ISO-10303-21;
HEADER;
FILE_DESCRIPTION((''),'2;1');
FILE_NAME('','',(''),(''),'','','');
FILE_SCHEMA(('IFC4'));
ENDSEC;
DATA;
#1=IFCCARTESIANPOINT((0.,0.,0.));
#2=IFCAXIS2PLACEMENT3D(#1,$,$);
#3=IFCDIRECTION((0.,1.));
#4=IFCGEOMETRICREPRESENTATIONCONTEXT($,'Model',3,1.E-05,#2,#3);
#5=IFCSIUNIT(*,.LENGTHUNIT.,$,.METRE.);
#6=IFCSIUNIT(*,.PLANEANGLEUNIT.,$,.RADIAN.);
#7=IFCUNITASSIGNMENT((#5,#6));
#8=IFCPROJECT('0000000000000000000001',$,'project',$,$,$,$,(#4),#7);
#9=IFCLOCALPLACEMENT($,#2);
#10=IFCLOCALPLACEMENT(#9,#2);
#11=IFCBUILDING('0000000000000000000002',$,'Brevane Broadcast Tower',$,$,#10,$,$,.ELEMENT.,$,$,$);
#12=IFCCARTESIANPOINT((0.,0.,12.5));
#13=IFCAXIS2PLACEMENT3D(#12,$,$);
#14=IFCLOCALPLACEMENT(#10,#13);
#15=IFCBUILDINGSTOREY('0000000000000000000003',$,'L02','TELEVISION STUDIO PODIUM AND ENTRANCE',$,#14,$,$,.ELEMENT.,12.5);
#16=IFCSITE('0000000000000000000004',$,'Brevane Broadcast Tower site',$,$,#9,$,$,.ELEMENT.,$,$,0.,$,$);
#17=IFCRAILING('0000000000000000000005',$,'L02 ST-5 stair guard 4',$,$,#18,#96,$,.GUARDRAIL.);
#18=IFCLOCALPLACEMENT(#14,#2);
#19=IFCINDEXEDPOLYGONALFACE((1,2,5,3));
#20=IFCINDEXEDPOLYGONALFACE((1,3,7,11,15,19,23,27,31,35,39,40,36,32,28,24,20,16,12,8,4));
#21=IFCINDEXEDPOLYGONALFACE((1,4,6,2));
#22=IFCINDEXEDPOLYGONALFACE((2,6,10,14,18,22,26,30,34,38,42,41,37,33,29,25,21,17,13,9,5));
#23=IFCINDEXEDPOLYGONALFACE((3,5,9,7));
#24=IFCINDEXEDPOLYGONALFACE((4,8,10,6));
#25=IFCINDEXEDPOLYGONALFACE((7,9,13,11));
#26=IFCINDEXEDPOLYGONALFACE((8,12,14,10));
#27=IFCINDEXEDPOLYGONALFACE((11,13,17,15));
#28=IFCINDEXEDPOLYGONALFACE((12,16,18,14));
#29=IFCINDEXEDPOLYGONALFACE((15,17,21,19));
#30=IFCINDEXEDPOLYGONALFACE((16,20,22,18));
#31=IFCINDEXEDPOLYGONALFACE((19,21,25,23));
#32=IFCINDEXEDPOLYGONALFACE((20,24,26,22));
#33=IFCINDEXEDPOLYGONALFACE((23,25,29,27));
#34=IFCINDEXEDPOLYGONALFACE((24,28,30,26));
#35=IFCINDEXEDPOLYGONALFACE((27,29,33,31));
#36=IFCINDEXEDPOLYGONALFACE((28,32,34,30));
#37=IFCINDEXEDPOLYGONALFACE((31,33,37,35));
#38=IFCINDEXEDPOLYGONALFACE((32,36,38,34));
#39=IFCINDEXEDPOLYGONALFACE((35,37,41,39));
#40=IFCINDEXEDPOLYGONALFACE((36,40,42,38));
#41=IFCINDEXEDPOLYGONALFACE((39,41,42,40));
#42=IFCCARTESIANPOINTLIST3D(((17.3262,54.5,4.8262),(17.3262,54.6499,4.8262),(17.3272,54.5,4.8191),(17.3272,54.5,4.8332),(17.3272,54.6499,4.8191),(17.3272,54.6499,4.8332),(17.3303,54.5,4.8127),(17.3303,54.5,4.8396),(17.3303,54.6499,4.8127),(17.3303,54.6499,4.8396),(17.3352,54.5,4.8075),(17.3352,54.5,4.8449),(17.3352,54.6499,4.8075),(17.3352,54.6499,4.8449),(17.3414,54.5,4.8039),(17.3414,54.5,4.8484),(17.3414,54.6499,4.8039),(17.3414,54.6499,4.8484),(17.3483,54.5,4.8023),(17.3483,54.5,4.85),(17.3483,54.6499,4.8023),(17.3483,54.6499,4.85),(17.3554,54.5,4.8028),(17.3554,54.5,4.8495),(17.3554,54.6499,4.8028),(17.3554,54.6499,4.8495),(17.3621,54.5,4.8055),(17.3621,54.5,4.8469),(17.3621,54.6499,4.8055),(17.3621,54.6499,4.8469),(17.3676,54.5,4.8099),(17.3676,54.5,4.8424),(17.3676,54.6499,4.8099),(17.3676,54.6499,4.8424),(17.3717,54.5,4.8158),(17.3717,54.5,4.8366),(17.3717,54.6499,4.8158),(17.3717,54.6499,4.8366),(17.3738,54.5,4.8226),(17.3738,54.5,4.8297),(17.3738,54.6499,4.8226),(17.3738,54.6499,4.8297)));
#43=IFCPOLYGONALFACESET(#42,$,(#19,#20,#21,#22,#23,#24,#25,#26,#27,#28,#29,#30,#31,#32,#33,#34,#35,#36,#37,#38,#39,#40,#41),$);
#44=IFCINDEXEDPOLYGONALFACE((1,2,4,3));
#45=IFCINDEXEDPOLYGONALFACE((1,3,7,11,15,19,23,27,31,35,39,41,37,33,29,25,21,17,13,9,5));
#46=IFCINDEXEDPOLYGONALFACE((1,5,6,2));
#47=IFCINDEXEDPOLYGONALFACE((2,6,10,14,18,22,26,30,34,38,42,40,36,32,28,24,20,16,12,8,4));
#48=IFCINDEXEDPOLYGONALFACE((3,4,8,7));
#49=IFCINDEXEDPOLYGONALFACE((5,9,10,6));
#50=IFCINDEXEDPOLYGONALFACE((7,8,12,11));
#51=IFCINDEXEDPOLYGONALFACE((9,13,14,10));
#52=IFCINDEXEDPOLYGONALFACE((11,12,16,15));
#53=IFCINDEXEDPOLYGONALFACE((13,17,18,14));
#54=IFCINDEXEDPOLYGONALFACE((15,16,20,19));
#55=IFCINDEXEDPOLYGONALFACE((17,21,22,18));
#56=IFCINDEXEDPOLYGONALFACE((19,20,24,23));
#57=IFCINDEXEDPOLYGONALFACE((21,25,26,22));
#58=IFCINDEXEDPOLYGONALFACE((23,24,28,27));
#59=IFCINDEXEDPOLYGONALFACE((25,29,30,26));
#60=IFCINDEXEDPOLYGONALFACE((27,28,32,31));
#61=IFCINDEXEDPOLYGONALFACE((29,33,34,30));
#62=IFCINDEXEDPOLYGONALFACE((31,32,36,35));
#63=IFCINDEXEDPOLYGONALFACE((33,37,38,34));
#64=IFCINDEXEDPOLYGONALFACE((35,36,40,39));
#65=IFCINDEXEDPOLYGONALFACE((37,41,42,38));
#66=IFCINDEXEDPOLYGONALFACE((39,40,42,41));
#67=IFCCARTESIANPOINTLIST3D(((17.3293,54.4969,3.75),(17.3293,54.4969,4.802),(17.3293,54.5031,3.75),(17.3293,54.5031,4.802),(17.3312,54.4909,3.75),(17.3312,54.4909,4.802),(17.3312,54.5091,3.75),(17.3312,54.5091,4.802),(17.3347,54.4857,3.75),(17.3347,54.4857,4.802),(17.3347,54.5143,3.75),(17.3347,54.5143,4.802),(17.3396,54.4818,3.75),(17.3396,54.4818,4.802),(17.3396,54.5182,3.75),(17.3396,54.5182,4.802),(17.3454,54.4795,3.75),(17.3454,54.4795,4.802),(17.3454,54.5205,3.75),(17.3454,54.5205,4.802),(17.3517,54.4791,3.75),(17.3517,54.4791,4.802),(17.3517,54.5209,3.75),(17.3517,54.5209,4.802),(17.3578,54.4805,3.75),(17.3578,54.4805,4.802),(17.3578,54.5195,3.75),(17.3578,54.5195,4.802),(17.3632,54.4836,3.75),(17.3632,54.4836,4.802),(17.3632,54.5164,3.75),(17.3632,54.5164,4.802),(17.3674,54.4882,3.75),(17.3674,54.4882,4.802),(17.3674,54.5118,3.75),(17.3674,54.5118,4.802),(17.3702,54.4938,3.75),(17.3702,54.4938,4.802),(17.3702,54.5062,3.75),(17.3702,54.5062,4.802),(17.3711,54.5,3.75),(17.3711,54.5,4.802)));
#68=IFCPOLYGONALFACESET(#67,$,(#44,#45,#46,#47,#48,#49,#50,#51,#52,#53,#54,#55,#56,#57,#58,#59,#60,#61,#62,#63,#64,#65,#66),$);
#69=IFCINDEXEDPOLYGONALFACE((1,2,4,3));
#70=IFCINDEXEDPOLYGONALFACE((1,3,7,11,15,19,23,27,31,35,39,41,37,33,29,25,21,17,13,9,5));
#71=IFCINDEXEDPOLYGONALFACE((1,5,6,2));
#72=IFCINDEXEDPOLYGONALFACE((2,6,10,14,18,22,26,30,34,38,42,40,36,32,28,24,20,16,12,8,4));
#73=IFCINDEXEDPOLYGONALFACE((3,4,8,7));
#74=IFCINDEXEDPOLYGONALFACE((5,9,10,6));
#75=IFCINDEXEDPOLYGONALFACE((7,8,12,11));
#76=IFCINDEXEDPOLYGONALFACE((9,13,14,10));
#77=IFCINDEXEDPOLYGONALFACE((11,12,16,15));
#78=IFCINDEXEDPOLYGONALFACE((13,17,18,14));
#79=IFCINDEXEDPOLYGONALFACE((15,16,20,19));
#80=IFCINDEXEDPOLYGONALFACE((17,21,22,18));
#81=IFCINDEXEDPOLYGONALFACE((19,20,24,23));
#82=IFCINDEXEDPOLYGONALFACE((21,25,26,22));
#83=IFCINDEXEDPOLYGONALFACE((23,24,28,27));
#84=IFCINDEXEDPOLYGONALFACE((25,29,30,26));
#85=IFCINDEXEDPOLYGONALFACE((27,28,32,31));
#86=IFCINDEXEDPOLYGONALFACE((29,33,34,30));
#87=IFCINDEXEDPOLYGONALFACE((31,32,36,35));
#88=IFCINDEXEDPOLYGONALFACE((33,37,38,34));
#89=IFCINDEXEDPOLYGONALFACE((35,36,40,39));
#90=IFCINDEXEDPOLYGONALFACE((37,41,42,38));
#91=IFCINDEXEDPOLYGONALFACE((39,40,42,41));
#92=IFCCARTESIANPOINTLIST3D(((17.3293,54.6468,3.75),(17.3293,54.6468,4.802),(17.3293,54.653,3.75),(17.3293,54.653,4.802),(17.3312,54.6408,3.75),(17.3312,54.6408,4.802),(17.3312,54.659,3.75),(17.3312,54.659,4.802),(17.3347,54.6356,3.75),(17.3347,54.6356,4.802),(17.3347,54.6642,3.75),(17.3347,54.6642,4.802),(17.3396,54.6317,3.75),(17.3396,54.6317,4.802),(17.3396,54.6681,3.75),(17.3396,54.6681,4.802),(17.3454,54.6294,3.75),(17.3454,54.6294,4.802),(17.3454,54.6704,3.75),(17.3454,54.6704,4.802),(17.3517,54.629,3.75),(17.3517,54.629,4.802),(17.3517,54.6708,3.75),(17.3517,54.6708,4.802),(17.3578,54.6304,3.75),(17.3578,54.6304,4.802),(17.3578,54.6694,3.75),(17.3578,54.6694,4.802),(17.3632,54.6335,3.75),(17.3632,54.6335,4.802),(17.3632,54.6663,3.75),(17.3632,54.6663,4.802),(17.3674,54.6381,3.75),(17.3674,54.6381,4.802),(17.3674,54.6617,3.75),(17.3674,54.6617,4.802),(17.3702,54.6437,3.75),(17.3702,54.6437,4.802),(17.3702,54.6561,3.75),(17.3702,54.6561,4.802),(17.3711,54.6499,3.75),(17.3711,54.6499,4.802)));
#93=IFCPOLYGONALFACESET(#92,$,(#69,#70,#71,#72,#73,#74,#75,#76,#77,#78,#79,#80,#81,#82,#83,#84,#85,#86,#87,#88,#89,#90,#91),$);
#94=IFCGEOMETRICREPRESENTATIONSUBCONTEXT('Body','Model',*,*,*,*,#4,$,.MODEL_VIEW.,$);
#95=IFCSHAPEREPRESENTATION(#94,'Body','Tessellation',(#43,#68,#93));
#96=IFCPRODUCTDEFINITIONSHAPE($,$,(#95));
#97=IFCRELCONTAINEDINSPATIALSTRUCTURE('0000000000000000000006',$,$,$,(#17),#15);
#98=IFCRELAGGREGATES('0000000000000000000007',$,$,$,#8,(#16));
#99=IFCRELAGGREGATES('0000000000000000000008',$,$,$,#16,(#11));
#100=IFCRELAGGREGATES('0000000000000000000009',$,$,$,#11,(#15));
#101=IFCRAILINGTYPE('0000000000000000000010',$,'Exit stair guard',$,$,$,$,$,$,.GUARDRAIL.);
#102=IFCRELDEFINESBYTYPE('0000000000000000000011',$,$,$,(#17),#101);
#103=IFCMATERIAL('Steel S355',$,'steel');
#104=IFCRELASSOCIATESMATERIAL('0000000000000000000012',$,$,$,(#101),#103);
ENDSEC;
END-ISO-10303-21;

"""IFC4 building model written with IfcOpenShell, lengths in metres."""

from ifc_helpers import new_model, si_unit, direction, frame, origin, origin_2d, place, context, subcontext, project, spatial, circle, extrude, material, type_object, element, save


model = new_model("IFC4")

# Units and contexts
model_context = context("Model", 3, precision=1e-05, world=origin(), true_north=direction((0.0, 1.0)))
body_context = subcontext(model_context, "Body", "Model", "MODEL_VIEW")
ifc_project = project(units=[si_unit("LENGTHUNIT", "METRE"), si_unit("PLANEANGLEUNIT", "RADIAN")], contexts=[model_context])

# Site, building, storey
site_placement = place(None, origin())
site = spatial("IfcSite", under=ifc_project, at=site_placement, Name="Brevane Broadcast Tower site", CompositionType="ELEMENT", RefElevation=0.0)
building_placement = place(site_placement, origin())
building = spatial("IfcBuilding", under=site, at=building_placement, Name="Brevane Broadcast Tower", CompositionType="ELEMENT")
storey_placement = place(building_placement, frame((0.0, 0.0, 12.5)))
storey = spatial("IfcBuildingStorey", under=building, at=storey_placement, Name="L02", Description="TELEVISION STUDIO PODIUM AND ENTRANCE", CompositionType="ELEMENT", Elevation=12.5)

# Railing
ifc_material_1 = material(Name="Steel S355", Category="steel")
railing_type_1 = type_object("IfcRailingType", Name="Exit stair guard", PredefinedType="GUARDRAIL", material=ifc_material_1)
railing_1_placement = place(storey_placement, frame((17.3501, 54.5, 3.75)))
element("IfcRailing", 1, at=railing_1_placement, inside=storey, type_object=railing_type_1, Name="L02 ST-5 stair guard 4", PredefinedType="GUARDRAIL", context=body_context, shape_type="SweptSolid", body=[
    extrude(circle(Radius=0.0239, at=origin_2d()), frame((0.0, 0.0, 1.0762), z_axis=(0.0, 1.0, 0.0), x_axis=(-1.0, 0.0, 0.0)), (0.0, 0.0, 1.0), 0.1499),
    extrude(circle(Radius=0.021, at=origin_2d()), origin(), (0.0, 0.0, 1.0), 1.052),
    extrude(circle(Radius=0.021, at=origin_2d()), frame((0.0, 0.1499, 0.0)), (0.0, 0.0, 1.0), 1.052),
])

save(model, "model.ifc")
